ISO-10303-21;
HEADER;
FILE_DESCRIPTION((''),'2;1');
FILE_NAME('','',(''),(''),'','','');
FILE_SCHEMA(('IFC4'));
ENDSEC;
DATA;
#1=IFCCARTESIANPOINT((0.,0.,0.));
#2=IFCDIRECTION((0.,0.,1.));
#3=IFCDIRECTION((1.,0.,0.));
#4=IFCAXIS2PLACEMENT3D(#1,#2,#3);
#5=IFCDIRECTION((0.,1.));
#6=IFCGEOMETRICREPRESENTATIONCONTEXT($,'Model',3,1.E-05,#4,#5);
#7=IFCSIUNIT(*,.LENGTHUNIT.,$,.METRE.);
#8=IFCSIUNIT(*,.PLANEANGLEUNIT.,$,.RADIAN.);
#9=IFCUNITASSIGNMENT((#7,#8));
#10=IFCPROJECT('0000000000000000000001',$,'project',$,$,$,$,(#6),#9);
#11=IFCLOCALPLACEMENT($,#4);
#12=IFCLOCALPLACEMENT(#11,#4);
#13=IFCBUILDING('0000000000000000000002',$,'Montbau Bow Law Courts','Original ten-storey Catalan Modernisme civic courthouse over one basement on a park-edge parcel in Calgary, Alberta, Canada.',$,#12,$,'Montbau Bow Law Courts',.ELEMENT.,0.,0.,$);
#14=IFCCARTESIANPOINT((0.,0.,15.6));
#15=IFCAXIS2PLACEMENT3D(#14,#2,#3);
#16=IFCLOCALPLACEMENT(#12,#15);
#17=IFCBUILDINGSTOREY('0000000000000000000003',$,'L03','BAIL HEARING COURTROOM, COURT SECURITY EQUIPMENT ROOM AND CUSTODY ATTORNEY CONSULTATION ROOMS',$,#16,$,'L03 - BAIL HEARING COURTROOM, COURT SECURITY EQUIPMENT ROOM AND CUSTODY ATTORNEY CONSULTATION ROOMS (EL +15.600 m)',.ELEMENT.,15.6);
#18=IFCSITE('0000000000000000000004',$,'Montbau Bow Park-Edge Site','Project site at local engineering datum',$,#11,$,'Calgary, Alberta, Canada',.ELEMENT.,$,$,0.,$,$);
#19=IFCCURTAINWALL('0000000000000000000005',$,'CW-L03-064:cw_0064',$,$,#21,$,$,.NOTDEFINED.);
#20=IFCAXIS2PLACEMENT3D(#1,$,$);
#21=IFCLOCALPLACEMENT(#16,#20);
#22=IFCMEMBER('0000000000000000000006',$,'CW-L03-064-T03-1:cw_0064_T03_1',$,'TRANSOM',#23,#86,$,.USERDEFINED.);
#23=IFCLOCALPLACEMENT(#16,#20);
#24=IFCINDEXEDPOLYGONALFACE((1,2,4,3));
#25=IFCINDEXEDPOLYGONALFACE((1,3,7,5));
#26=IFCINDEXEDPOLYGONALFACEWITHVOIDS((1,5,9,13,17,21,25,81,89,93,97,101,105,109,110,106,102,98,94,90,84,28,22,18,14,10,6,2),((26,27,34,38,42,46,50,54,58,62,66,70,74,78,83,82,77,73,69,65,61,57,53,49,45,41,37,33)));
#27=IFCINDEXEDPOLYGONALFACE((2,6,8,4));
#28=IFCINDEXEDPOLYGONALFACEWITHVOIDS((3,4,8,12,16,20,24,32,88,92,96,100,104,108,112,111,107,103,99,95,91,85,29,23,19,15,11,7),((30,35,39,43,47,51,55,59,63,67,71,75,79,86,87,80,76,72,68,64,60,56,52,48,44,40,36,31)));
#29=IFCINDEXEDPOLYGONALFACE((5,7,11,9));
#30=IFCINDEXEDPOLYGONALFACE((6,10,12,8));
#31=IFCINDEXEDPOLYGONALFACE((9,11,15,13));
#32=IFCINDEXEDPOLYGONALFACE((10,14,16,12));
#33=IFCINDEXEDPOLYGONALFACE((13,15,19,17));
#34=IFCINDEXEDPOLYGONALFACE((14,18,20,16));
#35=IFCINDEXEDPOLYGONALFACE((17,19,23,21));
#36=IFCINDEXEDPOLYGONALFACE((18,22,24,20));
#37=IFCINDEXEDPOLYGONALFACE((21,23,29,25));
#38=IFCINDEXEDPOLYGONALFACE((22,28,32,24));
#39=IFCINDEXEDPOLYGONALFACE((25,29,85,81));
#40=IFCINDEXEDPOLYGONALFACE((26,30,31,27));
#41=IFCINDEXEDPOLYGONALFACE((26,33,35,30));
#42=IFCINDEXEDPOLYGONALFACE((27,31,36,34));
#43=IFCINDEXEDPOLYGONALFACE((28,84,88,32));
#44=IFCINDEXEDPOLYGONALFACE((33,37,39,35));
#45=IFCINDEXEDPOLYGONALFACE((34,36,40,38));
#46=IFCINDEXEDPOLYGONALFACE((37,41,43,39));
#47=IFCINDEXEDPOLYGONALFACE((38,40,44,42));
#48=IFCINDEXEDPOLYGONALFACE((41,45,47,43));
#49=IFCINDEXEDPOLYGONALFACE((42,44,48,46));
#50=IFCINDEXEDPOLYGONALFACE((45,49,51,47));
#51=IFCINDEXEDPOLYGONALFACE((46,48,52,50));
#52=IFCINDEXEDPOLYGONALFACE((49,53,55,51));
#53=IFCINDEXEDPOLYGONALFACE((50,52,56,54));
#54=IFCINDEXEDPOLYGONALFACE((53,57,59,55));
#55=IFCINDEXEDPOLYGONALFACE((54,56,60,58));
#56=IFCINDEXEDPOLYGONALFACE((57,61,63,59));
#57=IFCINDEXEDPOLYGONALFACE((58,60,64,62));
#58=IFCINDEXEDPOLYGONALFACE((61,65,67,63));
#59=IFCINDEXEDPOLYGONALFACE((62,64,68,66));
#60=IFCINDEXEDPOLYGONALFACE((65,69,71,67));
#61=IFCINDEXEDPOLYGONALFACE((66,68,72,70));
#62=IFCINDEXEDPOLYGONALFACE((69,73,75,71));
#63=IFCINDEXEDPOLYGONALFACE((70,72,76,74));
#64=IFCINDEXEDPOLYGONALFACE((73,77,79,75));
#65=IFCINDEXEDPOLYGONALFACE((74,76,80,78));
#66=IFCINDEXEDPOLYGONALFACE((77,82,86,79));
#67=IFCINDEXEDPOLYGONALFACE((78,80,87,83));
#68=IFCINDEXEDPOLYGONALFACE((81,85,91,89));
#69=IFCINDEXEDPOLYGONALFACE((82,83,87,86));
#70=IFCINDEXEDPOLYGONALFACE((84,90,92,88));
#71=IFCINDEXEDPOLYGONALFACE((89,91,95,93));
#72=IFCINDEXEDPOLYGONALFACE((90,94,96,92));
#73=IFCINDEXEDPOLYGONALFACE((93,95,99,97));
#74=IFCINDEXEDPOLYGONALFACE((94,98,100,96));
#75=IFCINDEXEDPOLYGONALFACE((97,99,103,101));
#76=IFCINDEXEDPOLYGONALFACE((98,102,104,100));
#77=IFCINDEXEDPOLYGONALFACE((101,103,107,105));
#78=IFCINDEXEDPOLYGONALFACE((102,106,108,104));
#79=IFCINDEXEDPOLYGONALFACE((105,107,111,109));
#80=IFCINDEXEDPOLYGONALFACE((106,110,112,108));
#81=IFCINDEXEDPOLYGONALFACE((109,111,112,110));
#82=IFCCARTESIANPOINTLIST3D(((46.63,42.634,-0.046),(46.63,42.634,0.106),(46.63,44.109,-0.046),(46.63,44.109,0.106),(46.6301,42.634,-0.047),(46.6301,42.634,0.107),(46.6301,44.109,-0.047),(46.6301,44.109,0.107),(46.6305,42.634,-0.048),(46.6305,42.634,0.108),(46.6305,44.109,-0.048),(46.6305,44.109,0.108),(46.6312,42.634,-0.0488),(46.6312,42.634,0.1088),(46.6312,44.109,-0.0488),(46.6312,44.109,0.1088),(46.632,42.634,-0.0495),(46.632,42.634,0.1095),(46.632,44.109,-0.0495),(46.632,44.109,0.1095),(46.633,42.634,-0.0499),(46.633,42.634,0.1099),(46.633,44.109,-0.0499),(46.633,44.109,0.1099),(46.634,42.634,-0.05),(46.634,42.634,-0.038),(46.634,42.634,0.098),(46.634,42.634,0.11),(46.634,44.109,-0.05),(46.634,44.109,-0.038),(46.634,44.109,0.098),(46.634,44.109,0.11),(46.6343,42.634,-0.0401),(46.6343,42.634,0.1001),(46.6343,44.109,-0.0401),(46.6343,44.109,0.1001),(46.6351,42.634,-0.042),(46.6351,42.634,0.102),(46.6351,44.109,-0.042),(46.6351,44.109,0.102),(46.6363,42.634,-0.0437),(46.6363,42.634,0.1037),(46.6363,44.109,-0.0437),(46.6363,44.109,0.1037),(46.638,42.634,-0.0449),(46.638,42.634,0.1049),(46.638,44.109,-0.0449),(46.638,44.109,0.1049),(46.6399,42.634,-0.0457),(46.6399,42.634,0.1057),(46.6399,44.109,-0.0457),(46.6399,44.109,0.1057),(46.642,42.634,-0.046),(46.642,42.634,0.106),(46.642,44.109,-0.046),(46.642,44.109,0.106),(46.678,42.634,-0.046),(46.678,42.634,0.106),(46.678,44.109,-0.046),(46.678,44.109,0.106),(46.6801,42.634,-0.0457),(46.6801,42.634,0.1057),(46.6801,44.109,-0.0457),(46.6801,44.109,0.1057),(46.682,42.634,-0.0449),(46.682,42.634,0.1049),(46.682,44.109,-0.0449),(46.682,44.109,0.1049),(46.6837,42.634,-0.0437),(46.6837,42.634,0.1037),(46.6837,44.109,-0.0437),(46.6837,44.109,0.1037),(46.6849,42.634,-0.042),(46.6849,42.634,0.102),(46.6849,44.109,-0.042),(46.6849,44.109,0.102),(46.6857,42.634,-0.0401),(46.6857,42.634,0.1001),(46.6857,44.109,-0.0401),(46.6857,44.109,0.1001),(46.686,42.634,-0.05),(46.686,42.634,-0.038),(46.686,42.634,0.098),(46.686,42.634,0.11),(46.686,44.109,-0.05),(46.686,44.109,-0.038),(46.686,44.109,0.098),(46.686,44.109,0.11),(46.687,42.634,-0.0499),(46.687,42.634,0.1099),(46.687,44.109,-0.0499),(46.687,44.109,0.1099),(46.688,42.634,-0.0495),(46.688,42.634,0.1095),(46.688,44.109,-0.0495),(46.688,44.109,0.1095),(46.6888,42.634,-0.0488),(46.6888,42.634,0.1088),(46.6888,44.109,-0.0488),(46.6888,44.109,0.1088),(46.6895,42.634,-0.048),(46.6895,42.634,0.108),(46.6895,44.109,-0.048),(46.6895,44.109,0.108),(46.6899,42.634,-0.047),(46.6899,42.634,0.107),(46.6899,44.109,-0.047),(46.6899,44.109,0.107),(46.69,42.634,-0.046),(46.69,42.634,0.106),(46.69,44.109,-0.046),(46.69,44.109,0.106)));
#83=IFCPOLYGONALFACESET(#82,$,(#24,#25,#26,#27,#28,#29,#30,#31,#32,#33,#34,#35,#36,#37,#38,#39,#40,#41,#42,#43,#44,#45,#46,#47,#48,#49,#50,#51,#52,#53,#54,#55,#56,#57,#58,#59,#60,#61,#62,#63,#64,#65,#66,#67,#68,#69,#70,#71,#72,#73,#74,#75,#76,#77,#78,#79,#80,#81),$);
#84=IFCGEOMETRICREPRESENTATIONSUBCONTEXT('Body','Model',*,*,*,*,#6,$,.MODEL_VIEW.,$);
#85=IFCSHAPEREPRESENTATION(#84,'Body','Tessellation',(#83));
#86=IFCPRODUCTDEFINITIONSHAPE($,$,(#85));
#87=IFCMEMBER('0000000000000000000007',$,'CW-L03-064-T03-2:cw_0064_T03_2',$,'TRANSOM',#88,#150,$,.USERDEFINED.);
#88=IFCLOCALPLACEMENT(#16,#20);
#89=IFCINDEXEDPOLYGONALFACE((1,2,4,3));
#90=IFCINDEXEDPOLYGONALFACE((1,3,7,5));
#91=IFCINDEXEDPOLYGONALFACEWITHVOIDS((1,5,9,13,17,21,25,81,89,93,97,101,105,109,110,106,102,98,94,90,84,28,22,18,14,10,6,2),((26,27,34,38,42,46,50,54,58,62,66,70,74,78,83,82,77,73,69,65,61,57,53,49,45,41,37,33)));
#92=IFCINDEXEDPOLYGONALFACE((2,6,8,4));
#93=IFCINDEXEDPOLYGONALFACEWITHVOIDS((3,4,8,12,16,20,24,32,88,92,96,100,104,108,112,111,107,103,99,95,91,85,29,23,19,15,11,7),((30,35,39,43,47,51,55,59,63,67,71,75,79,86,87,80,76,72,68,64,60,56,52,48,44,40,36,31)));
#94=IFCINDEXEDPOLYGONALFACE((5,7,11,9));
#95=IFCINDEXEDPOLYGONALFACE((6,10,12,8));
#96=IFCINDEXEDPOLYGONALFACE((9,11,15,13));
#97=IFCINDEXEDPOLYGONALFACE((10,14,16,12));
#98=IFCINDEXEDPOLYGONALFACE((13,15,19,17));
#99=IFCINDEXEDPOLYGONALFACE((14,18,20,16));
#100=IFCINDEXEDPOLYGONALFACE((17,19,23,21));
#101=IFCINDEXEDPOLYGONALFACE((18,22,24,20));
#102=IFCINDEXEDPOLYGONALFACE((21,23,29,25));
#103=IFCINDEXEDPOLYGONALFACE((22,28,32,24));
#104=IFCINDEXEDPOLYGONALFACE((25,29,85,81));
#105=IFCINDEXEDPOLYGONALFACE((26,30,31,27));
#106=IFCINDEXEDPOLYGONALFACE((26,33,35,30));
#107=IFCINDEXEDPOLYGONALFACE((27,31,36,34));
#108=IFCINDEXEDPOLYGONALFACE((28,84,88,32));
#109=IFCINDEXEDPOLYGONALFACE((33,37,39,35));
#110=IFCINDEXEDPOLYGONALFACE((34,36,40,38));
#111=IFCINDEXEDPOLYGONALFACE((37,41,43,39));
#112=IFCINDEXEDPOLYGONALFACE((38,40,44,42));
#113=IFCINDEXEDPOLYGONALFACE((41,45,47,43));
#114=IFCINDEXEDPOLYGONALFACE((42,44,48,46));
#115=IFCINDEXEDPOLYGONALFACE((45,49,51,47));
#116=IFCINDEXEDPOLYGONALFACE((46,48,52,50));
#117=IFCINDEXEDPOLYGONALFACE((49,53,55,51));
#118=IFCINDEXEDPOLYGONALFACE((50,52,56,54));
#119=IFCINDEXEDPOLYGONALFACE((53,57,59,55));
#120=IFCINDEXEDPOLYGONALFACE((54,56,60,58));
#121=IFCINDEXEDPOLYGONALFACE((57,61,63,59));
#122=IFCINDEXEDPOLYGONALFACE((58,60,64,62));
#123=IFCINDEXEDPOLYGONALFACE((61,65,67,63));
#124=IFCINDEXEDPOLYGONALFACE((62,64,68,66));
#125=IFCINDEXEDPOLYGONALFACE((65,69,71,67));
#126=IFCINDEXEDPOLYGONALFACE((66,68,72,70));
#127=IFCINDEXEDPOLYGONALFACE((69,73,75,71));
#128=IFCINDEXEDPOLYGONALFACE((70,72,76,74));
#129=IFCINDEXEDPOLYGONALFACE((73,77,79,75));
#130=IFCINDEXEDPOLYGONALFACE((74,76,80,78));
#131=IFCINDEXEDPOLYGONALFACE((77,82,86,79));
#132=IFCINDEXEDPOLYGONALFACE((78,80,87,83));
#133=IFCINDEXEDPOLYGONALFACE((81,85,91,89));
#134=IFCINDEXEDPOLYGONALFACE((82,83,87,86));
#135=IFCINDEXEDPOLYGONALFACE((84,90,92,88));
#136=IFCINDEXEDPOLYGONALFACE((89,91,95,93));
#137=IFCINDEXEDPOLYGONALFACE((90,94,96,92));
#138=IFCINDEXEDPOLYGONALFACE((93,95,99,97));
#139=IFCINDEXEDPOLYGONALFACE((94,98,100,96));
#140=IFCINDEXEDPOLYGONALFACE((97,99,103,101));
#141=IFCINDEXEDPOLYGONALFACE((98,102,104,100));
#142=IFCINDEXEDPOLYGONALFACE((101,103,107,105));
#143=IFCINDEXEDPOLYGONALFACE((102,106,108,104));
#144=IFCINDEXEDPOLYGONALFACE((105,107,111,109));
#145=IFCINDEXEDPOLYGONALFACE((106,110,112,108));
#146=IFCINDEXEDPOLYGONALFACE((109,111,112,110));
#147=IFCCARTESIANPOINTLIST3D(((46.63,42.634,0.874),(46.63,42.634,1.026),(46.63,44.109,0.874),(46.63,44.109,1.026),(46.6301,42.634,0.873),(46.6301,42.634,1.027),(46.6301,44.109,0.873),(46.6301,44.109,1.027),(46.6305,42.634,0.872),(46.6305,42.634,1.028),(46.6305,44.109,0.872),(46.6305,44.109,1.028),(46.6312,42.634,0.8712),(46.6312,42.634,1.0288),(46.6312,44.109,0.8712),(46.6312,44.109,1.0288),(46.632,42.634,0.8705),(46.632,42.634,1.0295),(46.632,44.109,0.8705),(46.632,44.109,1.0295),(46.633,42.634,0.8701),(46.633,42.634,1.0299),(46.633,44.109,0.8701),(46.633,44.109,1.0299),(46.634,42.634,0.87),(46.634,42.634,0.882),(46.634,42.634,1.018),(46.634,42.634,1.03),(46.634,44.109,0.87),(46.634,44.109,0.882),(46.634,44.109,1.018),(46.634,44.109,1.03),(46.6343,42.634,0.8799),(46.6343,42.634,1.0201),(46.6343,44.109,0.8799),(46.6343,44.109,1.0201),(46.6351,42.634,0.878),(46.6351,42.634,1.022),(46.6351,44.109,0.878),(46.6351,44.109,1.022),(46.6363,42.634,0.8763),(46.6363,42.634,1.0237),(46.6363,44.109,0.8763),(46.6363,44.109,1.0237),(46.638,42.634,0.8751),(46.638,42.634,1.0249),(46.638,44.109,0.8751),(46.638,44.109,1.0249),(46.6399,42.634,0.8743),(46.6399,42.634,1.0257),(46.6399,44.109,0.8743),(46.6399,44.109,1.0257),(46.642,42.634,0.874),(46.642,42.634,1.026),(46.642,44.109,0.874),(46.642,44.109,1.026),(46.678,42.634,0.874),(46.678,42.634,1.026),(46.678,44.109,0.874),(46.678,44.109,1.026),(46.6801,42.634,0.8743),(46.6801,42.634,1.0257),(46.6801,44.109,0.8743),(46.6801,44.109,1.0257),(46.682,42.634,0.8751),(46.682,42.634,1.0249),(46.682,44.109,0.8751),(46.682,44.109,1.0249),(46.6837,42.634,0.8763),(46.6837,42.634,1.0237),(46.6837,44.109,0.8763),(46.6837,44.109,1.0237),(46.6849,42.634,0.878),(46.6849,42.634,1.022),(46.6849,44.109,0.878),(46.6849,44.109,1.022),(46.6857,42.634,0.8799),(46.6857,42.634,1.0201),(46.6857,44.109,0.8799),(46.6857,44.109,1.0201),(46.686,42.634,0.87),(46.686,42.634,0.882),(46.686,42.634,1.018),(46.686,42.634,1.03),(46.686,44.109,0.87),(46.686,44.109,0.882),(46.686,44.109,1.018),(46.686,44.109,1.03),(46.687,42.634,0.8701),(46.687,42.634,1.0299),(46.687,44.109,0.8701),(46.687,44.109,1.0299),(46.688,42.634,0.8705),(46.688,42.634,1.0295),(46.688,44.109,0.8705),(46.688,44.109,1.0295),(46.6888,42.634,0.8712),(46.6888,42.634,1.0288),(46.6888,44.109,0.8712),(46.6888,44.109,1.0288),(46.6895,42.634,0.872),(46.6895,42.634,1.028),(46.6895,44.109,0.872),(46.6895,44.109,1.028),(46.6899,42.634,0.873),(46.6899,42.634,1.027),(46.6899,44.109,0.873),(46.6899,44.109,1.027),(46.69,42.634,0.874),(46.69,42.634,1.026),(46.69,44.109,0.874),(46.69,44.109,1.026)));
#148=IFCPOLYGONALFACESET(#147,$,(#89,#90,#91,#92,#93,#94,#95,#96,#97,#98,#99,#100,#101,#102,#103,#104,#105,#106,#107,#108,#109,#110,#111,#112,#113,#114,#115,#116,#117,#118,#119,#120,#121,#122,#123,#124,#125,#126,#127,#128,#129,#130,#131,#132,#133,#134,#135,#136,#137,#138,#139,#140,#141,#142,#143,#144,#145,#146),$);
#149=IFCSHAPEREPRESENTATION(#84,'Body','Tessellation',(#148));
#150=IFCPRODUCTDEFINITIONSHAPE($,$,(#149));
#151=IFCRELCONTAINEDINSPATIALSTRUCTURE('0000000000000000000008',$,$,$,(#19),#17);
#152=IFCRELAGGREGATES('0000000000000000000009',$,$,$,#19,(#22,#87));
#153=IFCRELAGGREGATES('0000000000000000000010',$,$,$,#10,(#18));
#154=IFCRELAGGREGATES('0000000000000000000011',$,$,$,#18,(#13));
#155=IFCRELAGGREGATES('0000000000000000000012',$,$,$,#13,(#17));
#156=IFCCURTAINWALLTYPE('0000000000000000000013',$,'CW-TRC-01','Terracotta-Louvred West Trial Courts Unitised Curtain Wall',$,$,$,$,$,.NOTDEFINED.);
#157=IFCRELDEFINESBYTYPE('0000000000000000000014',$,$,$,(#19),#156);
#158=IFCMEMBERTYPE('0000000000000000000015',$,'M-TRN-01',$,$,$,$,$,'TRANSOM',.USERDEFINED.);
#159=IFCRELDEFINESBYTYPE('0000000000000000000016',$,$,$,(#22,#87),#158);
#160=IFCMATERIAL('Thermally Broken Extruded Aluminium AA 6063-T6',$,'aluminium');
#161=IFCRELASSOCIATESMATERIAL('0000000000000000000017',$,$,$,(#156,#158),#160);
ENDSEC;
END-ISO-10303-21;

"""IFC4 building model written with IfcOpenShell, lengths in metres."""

from ifc_helpers import new_model, si_unit, direction, frame, origin_with_axes, origin_2d_with_axis, place, context, subcontext, project, spatial, hollow_rectangle, extrude, material, material_profile, profile_set, type_object, element, aggregate, save


model = new_model("IFC4")

# Units and contexts
model_context = context("Model", 3, precision=1e-05, world=origin_with_axes(), true_north=direction((0.0, 1.0)))
body_context = subcontext(model_context, "Body", "Model", "MODEL_VIEW")
ifc_project = project(units=[si_unit("LENGTHUNIT", "METRE"), si_unit("PLANEANGLEUNIT", "RADIAN")], contexts=[model_context])

# Site, building, storey
site_placement = place(None, origin_with_axes())
site = spatial("IfcSite", under=ifc_project, at=site_placement, Name="Montbau Bow Park-Edge Site", Description="Project site at local engineering datum", LongName="Calgary, Alberta, Canada", CompositionType="ELEMENT", RefElevation=0.0)
building_placement = place(site_placement, origin_with_axes())
building = spatial("IfcBuilding", under=site, at=building_placement, Name="Montbau Bow Law Courts", Description="Original ten-storey Catalan Modernisme civic courthouse over one basement on a park-edge parcel in Calgary, Alberta, Canada.", LongName="Montbau Bow Law Courts", CompositionType="ELEMENT", ElevationOfRefHeight=0.0, ElevationOfTerrain=0.0)
storey_placement = place(building_placement, frame((0.0, 0.0, 15.6), z_axis=(0.0, 0.0, 1.0), x_axis=(1.0, 0.0, 0.0)))
storey = spatial("IfcBuildingStorey", under=building, at=storey_placement, Name="L03", Description="BAIL HEARING COURTROOM, COURT SECURITY EQUIPMENT ROOM AND CUSTODY ATTORNEY CONSULTATION ROOMS", LongName="L03 - BAIL HEARING COURTROOM, COURT SECURITY EQUIPMENT ROOM AND CUSTODY ATTORNEY CONSULTATION ROOMS (EL +15.600 m)", CompositionType="ELEMENT", Elevation=15.6)

# Curtain wall, members
ifc_material_1 = material(Name="Thermally Broken Extruded Aluminium AA 6063-T6", Category="aluminium")
curtain_wall_type_1 = type_object("IfcCurtainWallType", Name="CW-TRC-01", Description="Terracotta-Louvred West Trial Courts Unitised Curtain Wall", PredefinedType="NOTDEFINED", material=ifc_material_1)
curtain_wall_1_placement = place(None, frame((46.66, 39.515, 15.6), z_axis=(0.0, 0.0, 1.0), x_axis=(1.0, 0.0, 0.0)))
curtain_wall_1 = element("IfcCurtainWall", 1, at=curtain_wall_1_placement, inside=storey, type_object=curtain_wall_type_1, Name="CW-L03-064:cw_0064", PredefinedType="NOTDEFINED")
ifc_material_profile_1 = material_profile(ifc_material_1, hollow_rectangle(XDim=0.06, YDim=0.16, WallThickness=0.004, InnerFilletRadius=0.008, OuterFilletRadius=0.004, at=origin_2d_with_axis()), Name="CWT-160X60", Category="Main", Priority=0)
ifc_profile_set_1 = profile_set([ifc_material_profile_1], Name="Thermally Broken Extruded Aluminium AA 6063-T6")
member_type_1 = type_object("IfcMemberType", Name="M-TRN-01", ElementType="TRANSOM", PredefinedType="USERDEFINED", material=ifc_profile_set_1)
member_1_placement = place(None, frame((46.66, 42.634, 15.63), z_axis=(0.0, 1.0, 0.0), x_axis=(-1.0, 0.0, 0.0)))
member_1 = element("IfcMember", 2, at=member_1_placement, type_object=member_type_1, Name="CW-L03-064-T03-1:cw_0064_T03_1", ObjectType="TRANSOM", PredefinedType="USERDEFINED", context=body_context, shape_type="SweptSolid", body=[
    extrude(hollow_rectangle(XDim=0.06, YDim=0.16, WallThickness=0.004, InnerFilletRadius=0.008, OuterFilletRadius=0.004, at=origin_2d_with_axis()), origin_with_axes(), (0.0, 0.0, 1.0), 1.475),
])
member_2_placement = place(None, frame((46.66, 42.634, 16.55), z_axis=(0.0, 1.0, 0.0), x_axis=(-1.0, 0.0, 0.0)))
member_2 = element("IfcMember", 3, at=member_2_placement, type_object=member_type_1, Name="CW-L03-064-T03-2:cw_0064_T03_2", ObjectType="TRANSOM", PredefinedType="USERDEFINED", context=body_context, shape_type="SweptSolid", body=[
    extrude(hollow_rectangle(XDim=0.06, YDim=0.16, WallThickness=0.004, InnerFilletRadius=0.008, OuterFilletRadius=0.004, at=origin_2d_with_axis()), origin_with_axes(), (0.0, 0.0, 1.0), 1.475),
])

aggregate(curtain_wall_1, [member_1, member_2])

save(model, "model.ifc")
